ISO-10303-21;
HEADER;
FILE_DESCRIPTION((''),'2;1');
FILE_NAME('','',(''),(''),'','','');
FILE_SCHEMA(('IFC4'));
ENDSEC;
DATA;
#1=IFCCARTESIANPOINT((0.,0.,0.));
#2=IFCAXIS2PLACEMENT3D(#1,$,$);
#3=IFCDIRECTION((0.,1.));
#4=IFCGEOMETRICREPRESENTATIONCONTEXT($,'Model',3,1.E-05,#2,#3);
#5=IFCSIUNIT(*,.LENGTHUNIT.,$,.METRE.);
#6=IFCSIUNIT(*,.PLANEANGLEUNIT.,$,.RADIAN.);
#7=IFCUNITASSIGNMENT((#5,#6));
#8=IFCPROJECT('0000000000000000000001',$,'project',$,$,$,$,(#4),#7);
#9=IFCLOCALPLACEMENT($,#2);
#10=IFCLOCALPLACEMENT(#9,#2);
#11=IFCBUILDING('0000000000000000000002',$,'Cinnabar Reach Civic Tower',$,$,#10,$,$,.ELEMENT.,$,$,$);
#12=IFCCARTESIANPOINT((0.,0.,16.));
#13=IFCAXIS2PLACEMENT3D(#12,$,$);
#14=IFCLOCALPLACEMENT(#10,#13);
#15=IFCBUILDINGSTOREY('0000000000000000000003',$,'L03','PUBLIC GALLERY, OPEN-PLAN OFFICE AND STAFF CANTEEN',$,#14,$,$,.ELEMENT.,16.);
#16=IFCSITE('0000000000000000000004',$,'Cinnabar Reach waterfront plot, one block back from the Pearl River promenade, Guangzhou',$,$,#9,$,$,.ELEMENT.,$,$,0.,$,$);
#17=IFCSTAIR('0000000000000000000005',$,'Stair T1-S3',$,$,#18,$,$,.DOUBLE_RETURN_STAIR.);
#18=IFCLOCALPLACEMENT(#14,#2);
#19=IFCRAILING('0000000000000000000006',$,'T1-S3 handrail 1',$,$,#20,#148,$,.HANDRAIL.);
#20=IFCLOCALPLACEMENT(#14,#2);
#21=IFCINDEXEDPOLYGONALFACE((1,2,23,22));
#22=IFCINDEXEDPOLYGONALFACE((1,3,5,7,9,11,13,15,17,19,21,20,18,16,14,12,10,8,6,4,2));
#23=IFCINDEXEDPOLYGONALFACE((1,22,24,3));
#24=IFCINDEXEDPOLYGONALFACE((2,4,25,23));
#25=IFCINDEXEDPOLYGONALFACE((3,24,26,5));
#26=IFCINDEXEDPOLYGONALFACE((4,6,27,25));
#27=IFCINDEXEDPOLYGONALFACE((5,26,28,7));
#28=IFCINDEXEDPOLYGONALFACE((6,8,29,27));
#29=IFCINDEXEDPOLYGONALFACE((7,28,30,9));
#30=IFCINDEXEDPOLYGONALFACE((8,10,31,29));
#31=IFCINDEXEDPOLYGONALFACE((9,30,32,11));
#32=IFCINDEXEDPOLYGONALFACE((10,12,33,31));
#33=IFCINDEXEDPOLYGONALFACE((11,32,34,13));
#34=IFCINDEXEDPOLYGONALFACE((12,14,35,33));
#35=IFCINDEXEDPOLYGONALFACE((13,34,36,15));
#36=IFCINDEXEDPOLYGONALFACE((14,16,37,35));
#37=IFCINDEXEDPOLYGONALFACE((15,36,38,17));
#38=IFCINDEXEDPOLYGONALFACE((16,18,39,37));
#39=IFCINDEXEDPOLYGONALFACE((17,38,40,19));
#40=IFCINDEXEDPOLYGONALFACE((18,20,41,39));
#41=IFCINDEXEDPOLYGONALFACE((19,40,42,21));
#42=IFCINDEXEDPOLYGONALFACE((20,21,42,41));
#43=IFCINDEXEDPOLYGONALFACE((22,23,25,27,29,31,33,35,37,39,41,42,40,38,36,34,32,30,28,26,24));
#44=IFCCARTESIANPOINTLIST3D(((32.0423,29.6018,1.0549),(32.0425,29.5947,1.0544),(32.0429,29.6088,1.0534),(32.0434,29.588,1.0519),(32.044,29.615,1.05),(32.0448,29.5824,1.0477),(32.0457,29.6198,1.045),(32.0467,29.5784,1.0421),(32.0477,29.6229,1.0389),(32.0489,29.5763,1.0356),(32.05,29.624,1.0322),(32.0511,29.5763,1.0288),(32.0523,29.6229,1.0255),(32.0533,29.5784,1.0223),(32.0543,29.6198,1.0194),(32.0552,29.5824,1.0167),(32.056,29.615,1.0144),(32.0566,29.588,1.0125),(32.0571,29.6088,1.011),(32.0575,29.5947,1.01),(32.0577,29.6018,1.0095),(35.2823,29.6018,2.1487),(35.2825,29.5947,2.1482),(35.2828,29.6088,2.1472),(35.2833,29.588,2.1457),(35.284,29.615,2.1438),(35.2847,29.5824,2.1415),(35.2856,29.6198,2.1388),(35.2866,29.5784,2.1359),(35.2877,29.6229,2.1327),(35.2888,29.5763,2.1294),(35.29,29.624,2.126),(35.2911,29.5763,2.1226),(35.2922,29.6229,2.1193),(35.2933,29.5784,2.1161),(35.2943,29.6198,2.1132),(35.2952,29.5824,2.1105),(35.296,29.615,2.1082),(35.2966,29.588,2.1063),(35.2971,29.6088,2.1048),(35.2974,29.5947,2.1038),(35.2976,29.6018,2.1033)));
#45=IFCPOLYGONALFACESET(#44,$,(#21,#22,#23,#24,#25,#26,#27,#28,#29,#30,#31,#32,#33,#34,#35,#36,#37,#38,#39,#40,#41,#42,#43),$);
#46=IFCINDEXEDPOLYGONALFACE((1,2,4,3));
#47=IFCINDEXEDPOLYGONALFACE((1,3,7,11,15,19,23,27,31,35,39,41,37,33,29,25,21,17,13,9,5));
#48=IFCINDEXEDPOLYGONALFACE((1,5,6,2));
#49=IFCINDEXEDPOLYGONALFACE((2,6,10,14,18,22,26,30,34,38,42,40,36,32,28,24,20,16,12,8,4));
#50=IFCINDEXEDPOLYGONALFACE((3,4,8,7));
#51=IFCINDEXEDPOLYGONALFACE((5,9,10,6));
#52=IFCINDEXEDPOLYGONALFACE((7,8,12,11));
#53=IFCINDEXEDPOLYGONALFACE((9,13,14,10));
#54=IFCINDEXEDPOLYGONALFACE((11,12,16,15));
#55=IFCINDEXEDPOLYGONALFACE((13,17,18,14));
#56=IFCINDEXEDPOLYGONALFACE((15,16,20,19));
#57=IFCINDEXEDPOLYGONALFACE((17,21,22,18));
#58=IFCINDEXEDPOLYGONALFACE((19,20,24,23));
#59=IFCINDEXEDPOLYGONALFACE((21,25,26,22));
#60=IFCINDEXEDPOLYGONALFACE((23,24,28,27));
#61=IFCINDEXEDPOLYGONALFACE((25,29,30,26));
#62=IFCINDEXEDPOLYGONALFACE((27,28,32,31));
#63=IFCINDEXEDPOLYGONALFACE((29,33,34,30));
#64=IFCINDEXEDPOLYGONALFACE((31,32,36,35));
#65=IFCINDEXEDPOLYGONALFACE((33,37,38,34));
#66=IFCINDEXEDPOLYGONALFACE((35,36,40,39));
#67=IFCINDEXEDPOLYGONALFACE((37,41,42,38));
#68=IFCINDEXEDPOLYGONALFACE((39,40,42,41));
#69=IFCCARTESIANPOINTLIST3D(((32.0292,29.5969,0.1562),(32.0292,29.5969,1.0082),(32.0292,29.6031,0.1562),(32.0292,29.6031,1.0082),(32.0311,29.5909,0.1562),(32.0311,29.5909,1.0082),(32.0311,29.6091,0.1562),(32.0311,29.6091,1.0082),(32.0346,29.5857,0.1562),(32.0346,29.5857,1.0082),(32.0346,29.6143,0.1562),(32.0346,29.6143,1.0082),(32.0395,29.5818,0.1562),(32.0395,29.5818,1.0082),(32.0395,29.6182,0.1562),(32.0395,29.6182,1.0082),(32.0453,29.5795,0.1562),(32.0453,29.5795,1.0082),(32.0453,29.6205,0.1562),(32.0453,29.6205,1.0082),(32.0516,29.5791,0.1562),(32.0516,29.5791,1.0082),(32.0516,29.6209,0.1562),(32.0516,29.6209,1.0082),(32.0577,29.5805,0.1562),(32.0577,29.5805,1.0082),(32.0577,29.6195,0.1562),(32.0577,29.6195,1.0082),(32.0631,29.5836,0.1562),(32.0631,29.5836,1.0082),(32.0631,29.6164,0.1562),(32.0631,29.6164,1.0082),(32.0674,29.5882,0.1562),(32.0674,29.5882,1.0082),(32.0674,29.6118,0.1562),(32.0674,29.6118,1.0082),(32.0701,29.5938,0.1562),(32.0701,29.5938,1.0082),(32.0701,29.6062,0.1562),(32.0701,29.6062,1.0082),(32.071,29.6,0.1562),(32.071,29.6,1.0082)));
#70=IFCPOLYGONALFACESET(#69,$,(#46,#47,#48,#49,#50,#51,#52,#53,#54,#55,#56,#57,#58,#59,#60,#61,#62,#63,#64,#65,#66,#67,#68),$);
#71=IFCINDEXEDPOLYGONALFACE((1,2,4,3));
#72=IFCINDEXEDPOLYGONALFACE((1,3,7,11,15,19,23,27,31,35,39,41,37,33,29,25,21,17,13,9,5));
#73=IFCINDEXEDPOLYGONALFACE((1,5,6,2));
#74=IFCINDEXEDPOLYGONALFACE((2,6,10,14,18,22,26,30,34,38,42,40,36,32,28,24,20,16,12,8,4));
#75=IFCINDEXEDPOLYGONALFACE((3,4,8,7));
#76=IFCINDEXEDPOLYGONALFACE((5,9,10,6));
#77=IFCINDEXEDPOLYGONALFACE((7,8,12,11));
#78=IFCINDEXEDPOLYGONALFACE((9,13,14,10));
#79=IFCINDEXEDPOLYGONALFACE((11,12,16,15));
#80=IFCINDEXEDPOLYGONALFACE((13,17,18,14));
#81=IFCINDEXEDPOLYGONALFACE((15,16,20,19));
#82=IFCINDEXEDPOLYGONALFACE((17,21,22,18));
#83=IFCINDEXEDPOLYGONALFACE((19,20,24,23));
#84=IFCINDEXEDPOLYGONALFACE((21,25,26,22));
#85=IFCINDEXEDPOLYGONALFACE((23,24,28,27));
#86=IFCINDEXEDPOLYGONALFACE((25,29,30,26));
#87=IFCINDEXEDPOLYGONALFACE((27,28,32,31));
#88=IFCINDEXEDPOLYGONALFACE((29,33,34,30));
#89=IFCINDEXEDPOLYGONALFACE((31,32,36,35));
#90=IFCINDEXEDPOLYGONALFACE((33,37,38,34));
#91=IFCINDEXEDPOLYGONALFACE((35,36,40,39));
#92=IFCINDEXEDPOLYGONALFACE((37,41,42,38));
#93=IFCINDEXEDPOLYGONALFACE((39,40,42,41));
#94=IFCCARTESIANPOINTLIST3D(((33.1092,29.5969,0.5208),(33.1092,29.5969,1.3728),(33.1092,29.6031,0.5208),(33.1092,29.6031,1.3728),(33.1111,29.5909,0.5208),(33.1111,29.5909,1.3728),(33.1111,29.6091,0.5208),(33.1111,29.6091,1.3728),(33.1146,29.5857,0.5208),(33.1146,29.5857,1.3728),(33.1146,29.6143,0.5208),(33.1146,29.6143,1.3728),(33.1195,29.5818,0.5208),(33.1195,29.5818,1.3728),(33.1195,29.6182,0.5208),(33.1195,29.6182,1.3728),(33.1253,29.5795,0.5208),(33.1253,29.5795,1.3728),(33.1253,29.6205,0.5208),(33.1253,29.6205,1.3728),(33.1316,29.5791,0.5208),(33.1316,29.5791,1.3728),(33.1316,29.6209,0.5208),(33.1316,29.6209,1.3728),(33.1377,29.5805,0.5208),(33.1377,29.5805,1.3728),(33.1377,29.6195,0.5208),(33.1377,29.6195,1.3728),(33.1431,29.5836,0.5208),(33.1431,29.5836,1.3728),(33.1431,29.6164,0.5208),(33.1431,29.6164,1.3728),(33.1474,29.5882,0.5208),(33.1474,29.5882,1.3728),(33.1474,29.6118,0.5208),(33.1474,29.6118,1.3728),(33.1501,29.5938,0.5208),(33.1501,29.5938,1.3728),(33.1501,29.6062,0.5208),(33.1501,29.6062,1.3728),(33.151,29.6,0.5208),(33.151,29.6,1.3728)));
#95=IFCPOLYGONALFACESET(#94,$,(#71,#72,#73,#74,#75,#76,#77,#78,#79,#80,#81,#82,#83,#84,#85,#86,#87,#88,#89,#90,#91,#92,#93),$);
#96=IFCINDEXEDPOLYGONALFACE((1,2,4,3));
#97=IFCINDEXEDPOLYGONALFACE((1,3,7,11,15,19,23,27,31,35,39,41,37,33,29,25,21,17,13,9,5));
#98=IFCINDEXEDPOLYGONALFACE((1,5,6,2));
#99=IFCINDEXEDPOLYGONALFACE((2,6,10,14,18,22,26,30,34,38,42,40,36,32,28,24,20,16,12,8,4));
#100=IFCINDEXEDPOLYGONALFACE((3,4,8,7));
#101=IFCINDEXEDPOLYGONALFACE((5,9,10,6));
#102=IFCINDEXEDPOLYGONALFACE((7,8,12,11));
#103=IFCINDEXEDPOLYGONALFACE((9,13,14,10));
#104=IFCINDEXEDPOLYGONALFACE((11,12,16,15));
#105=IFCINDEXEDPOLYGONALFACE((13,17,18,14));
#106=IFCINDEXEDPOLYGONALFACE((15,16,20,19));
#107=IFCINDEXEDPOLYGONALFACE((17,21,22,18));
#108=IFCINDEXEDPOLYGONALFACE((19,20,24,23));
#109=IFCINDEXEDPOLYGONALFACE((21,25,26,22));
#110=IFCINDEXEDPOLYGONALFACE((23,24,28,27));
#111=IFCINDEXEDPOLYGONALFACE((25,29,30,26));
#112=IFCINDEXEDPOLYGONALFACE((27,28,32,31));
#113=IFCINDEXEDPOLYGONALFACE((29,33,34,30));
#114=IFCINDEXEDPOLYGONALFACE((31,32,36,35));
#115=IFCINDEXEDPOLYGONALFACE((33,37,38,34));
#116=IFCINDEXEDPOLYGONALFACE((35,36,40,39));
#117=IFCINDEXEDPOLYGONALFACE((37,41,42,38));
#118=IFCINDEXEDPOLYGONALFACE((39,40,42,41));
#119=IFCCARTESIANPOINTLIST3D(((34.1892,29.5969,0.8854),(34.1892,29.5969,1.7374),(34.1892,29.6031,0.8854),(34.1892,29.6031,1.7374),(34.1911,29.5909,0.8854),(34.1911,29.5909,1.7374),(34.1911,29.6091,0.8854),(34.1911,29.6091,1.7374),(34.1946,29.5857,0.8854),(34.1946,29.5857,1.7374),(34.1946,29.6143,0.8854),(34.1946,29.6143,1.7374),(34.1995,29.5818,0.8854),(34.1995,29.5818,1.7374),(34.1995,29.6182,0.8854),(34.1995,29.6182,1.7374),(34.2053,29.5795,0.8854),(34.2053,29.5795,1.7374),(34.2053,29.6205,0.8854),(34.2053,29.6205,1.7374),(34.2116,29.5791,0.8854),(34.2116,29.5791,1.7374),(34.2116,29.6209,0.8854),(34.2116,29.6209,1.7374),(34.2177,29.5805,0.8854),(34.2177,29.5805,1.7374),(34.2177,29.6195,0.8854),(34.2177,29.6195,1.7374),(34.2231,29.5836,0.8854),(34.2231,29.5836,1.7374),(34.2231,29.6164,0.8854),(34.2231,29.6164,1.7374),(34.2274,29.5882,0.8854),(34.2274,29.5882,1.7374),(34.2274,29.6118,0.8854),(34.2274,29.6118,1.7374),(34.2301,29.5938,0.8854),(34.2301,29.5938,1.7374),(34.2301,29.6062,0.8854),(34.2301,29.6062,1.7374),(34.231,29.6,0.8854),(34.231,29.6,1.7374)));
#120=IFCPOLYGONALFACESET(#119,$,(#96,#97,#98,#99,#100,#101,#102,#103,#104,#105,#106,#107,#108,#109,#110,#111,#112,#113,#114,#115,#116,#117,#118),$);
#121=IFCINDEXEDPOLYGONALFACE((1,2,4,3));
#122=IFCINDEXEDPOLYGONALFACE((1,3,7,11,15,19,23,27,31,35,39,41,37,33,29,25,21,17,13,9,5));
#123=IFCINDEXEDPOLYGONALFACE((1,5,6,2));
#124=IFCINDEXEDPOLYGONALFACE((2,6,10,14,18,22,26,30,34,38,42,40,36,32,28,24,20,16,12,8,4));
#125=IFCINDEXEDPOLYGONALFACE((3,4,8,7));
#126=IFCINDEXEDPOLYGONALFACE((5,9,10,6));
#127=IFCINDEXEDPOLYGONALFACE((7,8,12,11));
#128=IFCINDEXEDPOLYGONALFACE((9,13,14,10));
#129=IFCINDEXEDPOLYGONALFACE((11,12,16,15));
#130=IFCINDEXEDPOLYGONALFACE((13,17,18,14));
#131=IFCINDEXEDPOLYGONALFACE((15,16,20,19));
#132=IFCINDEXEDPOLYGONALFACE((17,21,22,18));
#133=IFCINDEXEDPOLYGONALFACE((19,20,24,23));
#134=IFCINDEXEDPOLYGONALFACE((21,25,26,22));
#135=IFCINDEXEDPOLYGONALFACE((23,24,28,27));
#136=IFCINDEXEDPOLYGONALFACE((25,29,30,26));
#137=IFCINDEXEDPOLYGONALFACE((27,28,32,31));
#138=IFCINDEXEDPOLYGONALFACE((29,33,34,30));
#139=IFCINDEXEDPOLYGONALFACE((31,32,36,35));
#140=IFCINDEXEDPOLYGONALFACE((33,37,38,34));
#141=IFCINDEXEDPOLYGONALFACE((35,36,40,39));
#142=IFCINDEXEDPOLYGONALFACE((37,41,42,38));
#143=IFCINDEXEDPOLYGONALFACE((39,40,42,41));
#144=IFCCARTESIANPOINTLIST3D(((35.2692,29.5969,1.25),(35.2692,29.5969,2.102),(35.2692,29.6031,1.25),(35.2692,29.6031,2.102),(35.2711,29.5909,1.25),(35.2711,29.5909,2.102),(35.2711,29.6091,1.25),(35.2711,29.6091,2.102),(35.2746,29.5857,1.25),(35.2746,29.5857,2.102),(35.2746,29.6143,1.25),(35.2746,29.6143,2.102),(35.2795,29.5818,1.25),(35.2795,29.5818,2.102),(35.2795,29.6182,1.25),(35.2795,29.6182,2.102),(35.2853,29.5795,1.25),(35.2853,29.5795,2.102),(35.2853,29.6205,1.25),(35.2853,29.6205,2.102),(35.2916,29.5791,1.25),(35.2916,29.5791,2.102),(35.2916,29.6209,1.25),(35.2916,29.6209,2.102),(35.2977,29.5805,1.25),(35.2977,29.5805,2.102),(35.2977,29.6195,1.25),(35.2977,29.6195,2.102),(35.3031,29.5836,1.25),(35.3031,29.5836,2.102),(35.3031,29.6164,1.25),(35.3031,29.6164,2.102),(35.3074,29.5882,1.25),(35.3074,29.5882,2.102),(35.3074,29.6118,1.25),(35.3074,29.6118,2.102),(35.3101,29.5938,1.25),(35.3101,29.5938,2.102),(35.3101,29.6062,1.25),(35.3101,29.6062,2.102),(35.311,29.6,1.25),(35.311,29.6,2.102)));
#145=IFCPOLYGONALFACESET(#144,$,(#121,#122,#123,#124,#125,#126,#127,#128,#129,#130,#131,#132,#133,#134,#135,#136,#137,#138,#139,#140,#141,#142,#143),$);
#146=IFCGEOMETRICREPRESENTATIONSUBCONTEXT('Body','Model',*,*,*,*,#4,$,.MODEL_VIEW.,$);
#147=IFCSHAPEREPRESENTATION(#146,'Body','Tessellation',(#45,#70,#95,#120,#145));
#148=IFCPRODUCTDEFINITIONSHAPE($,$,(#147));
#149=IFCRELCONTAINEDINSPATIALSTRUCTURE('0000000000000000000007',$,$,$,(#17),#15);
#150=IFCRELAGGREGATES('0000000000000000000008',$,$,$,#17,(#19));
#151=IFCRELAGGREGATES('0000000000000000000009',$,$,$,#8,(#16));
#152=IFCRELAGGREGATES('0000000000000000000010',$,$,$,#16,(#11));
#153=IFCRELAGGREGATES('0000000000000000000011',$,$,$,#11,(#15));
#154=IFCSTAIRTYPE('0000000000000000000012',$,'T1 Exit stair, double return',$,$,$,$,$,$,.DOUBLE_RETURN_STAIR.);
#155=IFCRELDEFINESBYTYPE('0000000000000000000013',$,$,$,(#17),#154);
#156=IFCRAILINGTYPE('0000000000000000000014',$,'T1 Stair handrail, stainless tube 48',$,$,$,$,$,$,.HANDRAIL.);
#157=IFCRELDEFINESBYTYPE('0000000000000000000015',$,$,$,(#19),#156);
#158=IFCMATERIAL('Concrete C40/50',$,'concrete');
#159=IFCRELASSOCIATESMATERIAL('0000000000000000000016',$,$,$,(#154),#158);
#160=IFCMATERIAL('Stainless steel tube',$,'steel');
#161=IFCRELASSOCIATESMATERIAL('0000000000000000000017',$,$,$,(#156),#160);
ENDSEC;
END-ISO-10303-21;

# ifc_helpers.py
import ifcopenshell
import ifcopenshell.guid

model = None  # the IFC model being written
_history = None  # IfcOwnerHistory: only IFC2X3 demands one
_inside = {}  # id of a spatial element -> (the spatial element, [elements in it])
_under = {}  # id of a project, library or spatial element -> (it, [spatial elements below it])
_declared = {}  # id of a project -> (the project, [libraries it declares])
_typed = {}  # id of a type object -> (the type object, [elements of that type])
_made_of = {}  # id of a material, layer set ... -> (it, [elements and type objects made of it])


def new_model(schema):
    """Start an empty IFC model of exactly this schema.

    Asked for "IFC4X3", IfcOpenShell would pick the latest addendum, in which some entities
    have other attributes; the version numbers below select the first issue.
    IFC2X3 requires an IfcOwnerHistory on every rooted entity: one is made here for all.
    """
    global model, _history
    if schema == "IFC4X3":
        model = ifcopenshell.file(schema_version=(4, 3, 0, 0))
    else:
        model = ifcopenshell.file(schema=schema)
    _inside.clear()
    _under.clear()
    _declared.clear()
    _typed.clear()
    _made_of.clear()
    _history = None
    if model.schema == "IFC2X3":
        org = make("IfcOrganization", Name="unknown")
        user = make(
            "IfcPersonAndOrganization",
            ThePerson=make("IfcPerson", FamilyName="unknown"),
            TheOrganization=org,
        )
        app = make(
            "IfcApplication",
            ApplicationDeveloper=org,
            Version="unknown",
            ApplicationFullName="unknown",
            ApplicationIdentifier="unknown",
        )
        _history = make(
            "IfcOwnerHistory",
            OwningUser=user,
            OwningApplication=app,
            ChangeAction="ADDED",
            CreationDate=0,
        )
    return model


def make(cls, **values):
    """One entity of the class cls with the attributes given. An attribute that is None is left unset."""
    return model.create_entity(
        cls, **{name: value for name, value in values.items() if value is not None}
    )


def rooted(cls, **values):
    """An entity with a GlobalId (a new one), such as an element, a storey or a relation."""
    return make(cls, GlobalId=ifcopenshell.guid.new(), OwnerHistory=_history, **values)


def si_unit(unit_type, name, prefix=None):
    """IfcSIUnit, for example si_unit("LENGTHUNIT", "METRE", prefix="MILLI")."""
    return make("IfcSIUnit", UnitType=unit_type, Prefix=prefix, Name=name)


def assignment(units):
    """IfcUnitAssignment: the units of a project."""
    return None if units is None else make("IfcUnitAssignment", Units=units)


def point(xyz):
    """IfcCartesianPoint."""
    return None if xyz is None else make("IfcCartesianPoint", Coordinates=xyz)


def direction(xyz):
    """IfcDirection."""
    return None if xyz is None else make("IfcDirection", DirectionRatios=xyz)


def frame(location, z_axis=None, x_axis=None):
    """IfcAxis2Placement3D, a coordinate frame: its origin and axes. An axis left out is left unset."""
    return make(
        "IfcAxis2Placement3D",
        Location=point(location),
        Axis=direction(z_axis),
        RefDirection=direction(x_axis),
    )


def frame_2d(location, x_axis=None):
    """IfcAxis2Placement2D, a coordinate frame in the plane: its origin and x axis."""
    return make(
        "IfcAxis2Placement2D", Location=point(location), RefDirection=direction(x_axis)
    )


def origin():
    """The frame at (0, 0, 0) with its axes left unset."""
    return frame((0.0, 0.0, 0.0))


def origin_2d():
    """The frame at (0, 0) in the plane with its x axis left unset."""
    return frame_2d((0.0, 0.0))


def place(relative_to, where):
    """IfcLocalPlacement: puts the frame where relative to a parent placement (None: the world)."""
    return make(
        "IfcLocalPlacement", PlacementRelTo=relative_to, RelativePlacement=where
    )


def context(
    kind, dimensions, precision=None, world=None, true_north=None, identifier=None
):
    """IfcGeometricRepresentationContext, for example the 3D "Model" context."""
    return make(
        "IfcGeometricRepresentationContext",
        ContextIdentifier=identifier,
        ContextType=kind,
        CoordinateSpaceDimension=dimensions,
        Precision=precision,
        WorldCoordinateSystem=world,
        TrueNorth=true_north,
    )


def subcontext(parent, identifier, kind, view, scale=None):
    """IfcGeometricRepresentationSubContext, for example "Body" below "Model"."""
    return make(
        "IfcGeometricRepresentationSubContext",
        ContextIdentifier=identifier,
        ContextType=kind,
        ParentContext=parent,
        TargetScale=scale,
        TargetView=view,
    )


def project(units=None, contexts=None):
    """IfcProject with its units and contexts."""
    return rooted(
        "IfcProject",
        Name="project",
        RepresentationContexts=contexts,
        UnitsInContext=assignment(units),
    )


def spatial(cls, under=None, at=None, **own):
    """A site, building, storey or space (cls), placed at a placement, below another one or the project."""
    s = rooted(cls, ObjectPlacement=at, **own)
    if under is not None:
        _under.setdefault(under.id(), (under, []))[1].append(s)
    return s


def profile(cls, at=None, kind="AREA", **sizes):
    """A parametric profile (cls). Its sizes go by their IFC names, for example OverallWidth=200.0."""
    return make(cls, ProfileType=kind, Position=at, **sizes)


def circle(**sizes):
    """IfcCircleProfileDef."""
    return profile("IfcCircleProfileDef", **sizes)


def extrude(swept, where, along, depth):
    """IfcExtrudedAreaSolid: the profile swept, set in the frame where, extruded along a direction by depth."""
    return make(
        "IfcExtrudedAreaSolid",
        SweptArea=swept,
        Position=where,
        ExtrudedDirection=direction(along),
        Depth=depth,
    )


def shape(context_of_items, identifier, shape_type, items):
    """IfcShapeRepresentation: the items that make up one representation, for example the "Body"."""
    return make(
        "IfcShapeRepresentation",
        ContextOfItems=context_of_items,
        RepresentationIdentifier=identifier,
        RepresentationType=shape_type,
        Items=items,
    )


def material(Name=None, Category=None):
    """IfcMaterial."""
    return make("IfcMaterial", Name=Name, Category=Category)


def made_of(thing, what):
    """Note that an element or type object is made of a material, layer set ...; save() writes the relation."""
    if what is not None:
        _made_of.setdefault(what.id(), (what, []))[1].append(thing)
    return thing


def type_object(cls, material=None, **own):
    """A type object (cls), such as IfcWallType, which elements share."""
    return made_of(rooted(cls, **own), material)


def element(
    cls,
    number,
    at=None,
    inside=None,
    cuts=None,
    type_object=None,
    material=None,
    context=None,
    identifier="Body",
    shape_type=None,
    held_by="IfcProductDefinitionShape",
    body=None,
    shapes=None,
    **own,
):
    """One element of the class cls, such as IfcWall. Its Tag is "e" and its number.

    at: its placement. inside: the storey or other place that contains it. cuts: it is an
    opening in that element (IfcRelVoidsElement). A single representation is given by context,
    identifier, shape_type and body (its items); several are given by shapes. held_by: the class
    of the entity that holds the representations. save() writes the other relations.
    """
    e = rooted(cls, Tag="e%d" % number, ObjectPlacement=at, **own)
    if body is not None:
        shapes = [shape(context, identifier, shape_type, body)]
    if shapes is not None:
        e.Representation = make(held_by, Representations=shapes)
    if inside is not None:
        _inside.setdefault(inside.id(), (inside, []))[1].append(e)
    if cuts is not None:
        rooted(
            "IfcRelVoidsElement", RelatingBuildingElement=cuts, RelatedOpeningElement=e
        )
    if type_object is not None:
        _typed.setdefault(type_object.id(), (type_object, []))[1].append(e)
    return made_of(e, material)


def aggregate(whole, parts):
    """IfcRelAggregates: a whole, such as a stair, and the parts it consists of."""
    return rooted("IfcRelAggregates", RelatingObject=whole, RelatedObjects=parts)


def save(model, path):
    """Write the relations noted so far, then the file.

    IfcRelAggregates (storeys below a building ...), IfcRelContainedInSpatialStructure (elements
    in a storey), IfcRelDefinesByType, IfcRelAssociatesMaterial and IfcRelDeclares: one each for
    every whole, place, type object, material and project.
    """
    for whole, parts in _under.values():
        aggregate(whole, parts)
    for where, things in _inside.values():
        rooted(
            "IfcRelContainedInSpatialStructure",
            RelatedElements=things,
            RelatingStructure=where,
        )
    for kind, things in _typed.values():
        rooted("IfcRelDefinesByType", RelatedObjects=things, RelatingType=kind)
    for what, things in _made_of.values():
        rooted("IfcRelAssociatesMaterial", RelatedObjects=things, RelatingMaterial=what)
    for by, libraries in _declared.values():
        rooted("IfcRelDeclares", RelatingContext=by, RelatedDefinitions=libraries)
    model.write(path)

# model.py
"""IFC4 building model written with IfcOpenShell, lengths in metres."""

from ifc_helpers import new_model, si_unit, direction, frame, origin, origin_2d, place, context, subcontext, project, spatial, circle, extrude, material, type_object, element, aggregate, save


model = new_model("IFC4")

# Units and contexts
model_context = context("Model", 3, precision=1e-05, world=origin(), true_north=direction((0.0, 1.0)))
body_context = subcontext(model_context, "Body", "Model", "MODEL_VIEW")
ifc_project = project(units=[si_unit("LENGTHUNIT", "METRE"), si_unit("PLANEANGLEUNIT", "RADIAN")], contexts=[model_context])

# Site, building, storey
site_placement = place(None, origin())
site = spatial("IfcSite", under=ifc_project, at=site_placement, Name="Cinnabar Reach waterfront plot, one block back from the Pearl River promenade, Guangzhou", CompositionType="ELEMENT", RefElevation=0.0)
building_placement = place(site_placement, origin())
building = spatial("IfcBuilding", under=site, at=building_placement, Name="Cinnabar Reach Civic Tower", CompositionType="ELEMENT")
storey_placement = place(building_placement, frame((0.0, 0.0, 16.0)))
storey = spatial("IfcBuildingStorey", under=building, at=storey_placement, Name="L03", Description="PUBLIC GALLERY, OPEN-PLAN OFFICE AND STAFF CANTEEN", CompositionType="ELEMENT", Elevation=16.0)

# Stair, railing
ifc_material_1 = material(Name="Concrete C40/50", Category="concrete")
stair_type = type_object("IfcStairType", Name="T1 Exit stair, double return", PredefinedType="DOUBLE_RETURN_STAIR", material=ifc_material_1)
stair_placement = place(storey_placement, origin())
stair = element("IfcStair", 1, at=stair_placement, inside=storey, type_object=stair_type, Name="Stair T1-S3", PredefinedType="DOUBLE_RETURN_STAIR")
ifc_material_2 = material(Name="Stainless steel tube", Category="steel")
railing_type = type_object("IfcRailingType", Name="T1 Stair handrail, stainless tube 48", PredefinedType="HANDRAIL", material=ifc_material_2)
railing_1_placement = place(storey_placement, frame((32.05, 29.6, 0.1562)))
railing_1 = element("IfcRailing", 2, at=railing_1_placement, type_object=railing_type, Name="T1-S3 handrail 1", PredefinedType="HANDRAIL", context=body_context, shape_type="SweptSolid", body=[
    extrude(circle(Radius=0.024, at=origin_2d()), frame((0.0, 0.0, 0.876), z_axis=(0.947466, 0.0, 0.319857), x_axis=(0.0, 1.0, 0.0)), (0.0, 0.0, 1.0), 3.4196),
    extrude(circle(Radius=0.021, at=origin_2d()), origin(), (0.0, 0.0, 1.0), 0.852),
    extrude(circle(Radius=0.021, at=origin_2d()), frame((1.08, 0.0, 0.3646)), (0.0, 0.0, 1.0), 0.852),
    extrude(circle(Radius=0.021, at=origin_2d()), frame((2.16, 0.0, 0.7292)), (0.0, 0.0, 1.0), 0.852),
    extrude(circle(Radius=0.021, at=origin_2d()), frame((3.24, 0.0, 1.0938)), (0.0, 0.0, 1.0), 0.852),
])
aggregate(stair, [railing_1])

save(model, "model.ifc")
